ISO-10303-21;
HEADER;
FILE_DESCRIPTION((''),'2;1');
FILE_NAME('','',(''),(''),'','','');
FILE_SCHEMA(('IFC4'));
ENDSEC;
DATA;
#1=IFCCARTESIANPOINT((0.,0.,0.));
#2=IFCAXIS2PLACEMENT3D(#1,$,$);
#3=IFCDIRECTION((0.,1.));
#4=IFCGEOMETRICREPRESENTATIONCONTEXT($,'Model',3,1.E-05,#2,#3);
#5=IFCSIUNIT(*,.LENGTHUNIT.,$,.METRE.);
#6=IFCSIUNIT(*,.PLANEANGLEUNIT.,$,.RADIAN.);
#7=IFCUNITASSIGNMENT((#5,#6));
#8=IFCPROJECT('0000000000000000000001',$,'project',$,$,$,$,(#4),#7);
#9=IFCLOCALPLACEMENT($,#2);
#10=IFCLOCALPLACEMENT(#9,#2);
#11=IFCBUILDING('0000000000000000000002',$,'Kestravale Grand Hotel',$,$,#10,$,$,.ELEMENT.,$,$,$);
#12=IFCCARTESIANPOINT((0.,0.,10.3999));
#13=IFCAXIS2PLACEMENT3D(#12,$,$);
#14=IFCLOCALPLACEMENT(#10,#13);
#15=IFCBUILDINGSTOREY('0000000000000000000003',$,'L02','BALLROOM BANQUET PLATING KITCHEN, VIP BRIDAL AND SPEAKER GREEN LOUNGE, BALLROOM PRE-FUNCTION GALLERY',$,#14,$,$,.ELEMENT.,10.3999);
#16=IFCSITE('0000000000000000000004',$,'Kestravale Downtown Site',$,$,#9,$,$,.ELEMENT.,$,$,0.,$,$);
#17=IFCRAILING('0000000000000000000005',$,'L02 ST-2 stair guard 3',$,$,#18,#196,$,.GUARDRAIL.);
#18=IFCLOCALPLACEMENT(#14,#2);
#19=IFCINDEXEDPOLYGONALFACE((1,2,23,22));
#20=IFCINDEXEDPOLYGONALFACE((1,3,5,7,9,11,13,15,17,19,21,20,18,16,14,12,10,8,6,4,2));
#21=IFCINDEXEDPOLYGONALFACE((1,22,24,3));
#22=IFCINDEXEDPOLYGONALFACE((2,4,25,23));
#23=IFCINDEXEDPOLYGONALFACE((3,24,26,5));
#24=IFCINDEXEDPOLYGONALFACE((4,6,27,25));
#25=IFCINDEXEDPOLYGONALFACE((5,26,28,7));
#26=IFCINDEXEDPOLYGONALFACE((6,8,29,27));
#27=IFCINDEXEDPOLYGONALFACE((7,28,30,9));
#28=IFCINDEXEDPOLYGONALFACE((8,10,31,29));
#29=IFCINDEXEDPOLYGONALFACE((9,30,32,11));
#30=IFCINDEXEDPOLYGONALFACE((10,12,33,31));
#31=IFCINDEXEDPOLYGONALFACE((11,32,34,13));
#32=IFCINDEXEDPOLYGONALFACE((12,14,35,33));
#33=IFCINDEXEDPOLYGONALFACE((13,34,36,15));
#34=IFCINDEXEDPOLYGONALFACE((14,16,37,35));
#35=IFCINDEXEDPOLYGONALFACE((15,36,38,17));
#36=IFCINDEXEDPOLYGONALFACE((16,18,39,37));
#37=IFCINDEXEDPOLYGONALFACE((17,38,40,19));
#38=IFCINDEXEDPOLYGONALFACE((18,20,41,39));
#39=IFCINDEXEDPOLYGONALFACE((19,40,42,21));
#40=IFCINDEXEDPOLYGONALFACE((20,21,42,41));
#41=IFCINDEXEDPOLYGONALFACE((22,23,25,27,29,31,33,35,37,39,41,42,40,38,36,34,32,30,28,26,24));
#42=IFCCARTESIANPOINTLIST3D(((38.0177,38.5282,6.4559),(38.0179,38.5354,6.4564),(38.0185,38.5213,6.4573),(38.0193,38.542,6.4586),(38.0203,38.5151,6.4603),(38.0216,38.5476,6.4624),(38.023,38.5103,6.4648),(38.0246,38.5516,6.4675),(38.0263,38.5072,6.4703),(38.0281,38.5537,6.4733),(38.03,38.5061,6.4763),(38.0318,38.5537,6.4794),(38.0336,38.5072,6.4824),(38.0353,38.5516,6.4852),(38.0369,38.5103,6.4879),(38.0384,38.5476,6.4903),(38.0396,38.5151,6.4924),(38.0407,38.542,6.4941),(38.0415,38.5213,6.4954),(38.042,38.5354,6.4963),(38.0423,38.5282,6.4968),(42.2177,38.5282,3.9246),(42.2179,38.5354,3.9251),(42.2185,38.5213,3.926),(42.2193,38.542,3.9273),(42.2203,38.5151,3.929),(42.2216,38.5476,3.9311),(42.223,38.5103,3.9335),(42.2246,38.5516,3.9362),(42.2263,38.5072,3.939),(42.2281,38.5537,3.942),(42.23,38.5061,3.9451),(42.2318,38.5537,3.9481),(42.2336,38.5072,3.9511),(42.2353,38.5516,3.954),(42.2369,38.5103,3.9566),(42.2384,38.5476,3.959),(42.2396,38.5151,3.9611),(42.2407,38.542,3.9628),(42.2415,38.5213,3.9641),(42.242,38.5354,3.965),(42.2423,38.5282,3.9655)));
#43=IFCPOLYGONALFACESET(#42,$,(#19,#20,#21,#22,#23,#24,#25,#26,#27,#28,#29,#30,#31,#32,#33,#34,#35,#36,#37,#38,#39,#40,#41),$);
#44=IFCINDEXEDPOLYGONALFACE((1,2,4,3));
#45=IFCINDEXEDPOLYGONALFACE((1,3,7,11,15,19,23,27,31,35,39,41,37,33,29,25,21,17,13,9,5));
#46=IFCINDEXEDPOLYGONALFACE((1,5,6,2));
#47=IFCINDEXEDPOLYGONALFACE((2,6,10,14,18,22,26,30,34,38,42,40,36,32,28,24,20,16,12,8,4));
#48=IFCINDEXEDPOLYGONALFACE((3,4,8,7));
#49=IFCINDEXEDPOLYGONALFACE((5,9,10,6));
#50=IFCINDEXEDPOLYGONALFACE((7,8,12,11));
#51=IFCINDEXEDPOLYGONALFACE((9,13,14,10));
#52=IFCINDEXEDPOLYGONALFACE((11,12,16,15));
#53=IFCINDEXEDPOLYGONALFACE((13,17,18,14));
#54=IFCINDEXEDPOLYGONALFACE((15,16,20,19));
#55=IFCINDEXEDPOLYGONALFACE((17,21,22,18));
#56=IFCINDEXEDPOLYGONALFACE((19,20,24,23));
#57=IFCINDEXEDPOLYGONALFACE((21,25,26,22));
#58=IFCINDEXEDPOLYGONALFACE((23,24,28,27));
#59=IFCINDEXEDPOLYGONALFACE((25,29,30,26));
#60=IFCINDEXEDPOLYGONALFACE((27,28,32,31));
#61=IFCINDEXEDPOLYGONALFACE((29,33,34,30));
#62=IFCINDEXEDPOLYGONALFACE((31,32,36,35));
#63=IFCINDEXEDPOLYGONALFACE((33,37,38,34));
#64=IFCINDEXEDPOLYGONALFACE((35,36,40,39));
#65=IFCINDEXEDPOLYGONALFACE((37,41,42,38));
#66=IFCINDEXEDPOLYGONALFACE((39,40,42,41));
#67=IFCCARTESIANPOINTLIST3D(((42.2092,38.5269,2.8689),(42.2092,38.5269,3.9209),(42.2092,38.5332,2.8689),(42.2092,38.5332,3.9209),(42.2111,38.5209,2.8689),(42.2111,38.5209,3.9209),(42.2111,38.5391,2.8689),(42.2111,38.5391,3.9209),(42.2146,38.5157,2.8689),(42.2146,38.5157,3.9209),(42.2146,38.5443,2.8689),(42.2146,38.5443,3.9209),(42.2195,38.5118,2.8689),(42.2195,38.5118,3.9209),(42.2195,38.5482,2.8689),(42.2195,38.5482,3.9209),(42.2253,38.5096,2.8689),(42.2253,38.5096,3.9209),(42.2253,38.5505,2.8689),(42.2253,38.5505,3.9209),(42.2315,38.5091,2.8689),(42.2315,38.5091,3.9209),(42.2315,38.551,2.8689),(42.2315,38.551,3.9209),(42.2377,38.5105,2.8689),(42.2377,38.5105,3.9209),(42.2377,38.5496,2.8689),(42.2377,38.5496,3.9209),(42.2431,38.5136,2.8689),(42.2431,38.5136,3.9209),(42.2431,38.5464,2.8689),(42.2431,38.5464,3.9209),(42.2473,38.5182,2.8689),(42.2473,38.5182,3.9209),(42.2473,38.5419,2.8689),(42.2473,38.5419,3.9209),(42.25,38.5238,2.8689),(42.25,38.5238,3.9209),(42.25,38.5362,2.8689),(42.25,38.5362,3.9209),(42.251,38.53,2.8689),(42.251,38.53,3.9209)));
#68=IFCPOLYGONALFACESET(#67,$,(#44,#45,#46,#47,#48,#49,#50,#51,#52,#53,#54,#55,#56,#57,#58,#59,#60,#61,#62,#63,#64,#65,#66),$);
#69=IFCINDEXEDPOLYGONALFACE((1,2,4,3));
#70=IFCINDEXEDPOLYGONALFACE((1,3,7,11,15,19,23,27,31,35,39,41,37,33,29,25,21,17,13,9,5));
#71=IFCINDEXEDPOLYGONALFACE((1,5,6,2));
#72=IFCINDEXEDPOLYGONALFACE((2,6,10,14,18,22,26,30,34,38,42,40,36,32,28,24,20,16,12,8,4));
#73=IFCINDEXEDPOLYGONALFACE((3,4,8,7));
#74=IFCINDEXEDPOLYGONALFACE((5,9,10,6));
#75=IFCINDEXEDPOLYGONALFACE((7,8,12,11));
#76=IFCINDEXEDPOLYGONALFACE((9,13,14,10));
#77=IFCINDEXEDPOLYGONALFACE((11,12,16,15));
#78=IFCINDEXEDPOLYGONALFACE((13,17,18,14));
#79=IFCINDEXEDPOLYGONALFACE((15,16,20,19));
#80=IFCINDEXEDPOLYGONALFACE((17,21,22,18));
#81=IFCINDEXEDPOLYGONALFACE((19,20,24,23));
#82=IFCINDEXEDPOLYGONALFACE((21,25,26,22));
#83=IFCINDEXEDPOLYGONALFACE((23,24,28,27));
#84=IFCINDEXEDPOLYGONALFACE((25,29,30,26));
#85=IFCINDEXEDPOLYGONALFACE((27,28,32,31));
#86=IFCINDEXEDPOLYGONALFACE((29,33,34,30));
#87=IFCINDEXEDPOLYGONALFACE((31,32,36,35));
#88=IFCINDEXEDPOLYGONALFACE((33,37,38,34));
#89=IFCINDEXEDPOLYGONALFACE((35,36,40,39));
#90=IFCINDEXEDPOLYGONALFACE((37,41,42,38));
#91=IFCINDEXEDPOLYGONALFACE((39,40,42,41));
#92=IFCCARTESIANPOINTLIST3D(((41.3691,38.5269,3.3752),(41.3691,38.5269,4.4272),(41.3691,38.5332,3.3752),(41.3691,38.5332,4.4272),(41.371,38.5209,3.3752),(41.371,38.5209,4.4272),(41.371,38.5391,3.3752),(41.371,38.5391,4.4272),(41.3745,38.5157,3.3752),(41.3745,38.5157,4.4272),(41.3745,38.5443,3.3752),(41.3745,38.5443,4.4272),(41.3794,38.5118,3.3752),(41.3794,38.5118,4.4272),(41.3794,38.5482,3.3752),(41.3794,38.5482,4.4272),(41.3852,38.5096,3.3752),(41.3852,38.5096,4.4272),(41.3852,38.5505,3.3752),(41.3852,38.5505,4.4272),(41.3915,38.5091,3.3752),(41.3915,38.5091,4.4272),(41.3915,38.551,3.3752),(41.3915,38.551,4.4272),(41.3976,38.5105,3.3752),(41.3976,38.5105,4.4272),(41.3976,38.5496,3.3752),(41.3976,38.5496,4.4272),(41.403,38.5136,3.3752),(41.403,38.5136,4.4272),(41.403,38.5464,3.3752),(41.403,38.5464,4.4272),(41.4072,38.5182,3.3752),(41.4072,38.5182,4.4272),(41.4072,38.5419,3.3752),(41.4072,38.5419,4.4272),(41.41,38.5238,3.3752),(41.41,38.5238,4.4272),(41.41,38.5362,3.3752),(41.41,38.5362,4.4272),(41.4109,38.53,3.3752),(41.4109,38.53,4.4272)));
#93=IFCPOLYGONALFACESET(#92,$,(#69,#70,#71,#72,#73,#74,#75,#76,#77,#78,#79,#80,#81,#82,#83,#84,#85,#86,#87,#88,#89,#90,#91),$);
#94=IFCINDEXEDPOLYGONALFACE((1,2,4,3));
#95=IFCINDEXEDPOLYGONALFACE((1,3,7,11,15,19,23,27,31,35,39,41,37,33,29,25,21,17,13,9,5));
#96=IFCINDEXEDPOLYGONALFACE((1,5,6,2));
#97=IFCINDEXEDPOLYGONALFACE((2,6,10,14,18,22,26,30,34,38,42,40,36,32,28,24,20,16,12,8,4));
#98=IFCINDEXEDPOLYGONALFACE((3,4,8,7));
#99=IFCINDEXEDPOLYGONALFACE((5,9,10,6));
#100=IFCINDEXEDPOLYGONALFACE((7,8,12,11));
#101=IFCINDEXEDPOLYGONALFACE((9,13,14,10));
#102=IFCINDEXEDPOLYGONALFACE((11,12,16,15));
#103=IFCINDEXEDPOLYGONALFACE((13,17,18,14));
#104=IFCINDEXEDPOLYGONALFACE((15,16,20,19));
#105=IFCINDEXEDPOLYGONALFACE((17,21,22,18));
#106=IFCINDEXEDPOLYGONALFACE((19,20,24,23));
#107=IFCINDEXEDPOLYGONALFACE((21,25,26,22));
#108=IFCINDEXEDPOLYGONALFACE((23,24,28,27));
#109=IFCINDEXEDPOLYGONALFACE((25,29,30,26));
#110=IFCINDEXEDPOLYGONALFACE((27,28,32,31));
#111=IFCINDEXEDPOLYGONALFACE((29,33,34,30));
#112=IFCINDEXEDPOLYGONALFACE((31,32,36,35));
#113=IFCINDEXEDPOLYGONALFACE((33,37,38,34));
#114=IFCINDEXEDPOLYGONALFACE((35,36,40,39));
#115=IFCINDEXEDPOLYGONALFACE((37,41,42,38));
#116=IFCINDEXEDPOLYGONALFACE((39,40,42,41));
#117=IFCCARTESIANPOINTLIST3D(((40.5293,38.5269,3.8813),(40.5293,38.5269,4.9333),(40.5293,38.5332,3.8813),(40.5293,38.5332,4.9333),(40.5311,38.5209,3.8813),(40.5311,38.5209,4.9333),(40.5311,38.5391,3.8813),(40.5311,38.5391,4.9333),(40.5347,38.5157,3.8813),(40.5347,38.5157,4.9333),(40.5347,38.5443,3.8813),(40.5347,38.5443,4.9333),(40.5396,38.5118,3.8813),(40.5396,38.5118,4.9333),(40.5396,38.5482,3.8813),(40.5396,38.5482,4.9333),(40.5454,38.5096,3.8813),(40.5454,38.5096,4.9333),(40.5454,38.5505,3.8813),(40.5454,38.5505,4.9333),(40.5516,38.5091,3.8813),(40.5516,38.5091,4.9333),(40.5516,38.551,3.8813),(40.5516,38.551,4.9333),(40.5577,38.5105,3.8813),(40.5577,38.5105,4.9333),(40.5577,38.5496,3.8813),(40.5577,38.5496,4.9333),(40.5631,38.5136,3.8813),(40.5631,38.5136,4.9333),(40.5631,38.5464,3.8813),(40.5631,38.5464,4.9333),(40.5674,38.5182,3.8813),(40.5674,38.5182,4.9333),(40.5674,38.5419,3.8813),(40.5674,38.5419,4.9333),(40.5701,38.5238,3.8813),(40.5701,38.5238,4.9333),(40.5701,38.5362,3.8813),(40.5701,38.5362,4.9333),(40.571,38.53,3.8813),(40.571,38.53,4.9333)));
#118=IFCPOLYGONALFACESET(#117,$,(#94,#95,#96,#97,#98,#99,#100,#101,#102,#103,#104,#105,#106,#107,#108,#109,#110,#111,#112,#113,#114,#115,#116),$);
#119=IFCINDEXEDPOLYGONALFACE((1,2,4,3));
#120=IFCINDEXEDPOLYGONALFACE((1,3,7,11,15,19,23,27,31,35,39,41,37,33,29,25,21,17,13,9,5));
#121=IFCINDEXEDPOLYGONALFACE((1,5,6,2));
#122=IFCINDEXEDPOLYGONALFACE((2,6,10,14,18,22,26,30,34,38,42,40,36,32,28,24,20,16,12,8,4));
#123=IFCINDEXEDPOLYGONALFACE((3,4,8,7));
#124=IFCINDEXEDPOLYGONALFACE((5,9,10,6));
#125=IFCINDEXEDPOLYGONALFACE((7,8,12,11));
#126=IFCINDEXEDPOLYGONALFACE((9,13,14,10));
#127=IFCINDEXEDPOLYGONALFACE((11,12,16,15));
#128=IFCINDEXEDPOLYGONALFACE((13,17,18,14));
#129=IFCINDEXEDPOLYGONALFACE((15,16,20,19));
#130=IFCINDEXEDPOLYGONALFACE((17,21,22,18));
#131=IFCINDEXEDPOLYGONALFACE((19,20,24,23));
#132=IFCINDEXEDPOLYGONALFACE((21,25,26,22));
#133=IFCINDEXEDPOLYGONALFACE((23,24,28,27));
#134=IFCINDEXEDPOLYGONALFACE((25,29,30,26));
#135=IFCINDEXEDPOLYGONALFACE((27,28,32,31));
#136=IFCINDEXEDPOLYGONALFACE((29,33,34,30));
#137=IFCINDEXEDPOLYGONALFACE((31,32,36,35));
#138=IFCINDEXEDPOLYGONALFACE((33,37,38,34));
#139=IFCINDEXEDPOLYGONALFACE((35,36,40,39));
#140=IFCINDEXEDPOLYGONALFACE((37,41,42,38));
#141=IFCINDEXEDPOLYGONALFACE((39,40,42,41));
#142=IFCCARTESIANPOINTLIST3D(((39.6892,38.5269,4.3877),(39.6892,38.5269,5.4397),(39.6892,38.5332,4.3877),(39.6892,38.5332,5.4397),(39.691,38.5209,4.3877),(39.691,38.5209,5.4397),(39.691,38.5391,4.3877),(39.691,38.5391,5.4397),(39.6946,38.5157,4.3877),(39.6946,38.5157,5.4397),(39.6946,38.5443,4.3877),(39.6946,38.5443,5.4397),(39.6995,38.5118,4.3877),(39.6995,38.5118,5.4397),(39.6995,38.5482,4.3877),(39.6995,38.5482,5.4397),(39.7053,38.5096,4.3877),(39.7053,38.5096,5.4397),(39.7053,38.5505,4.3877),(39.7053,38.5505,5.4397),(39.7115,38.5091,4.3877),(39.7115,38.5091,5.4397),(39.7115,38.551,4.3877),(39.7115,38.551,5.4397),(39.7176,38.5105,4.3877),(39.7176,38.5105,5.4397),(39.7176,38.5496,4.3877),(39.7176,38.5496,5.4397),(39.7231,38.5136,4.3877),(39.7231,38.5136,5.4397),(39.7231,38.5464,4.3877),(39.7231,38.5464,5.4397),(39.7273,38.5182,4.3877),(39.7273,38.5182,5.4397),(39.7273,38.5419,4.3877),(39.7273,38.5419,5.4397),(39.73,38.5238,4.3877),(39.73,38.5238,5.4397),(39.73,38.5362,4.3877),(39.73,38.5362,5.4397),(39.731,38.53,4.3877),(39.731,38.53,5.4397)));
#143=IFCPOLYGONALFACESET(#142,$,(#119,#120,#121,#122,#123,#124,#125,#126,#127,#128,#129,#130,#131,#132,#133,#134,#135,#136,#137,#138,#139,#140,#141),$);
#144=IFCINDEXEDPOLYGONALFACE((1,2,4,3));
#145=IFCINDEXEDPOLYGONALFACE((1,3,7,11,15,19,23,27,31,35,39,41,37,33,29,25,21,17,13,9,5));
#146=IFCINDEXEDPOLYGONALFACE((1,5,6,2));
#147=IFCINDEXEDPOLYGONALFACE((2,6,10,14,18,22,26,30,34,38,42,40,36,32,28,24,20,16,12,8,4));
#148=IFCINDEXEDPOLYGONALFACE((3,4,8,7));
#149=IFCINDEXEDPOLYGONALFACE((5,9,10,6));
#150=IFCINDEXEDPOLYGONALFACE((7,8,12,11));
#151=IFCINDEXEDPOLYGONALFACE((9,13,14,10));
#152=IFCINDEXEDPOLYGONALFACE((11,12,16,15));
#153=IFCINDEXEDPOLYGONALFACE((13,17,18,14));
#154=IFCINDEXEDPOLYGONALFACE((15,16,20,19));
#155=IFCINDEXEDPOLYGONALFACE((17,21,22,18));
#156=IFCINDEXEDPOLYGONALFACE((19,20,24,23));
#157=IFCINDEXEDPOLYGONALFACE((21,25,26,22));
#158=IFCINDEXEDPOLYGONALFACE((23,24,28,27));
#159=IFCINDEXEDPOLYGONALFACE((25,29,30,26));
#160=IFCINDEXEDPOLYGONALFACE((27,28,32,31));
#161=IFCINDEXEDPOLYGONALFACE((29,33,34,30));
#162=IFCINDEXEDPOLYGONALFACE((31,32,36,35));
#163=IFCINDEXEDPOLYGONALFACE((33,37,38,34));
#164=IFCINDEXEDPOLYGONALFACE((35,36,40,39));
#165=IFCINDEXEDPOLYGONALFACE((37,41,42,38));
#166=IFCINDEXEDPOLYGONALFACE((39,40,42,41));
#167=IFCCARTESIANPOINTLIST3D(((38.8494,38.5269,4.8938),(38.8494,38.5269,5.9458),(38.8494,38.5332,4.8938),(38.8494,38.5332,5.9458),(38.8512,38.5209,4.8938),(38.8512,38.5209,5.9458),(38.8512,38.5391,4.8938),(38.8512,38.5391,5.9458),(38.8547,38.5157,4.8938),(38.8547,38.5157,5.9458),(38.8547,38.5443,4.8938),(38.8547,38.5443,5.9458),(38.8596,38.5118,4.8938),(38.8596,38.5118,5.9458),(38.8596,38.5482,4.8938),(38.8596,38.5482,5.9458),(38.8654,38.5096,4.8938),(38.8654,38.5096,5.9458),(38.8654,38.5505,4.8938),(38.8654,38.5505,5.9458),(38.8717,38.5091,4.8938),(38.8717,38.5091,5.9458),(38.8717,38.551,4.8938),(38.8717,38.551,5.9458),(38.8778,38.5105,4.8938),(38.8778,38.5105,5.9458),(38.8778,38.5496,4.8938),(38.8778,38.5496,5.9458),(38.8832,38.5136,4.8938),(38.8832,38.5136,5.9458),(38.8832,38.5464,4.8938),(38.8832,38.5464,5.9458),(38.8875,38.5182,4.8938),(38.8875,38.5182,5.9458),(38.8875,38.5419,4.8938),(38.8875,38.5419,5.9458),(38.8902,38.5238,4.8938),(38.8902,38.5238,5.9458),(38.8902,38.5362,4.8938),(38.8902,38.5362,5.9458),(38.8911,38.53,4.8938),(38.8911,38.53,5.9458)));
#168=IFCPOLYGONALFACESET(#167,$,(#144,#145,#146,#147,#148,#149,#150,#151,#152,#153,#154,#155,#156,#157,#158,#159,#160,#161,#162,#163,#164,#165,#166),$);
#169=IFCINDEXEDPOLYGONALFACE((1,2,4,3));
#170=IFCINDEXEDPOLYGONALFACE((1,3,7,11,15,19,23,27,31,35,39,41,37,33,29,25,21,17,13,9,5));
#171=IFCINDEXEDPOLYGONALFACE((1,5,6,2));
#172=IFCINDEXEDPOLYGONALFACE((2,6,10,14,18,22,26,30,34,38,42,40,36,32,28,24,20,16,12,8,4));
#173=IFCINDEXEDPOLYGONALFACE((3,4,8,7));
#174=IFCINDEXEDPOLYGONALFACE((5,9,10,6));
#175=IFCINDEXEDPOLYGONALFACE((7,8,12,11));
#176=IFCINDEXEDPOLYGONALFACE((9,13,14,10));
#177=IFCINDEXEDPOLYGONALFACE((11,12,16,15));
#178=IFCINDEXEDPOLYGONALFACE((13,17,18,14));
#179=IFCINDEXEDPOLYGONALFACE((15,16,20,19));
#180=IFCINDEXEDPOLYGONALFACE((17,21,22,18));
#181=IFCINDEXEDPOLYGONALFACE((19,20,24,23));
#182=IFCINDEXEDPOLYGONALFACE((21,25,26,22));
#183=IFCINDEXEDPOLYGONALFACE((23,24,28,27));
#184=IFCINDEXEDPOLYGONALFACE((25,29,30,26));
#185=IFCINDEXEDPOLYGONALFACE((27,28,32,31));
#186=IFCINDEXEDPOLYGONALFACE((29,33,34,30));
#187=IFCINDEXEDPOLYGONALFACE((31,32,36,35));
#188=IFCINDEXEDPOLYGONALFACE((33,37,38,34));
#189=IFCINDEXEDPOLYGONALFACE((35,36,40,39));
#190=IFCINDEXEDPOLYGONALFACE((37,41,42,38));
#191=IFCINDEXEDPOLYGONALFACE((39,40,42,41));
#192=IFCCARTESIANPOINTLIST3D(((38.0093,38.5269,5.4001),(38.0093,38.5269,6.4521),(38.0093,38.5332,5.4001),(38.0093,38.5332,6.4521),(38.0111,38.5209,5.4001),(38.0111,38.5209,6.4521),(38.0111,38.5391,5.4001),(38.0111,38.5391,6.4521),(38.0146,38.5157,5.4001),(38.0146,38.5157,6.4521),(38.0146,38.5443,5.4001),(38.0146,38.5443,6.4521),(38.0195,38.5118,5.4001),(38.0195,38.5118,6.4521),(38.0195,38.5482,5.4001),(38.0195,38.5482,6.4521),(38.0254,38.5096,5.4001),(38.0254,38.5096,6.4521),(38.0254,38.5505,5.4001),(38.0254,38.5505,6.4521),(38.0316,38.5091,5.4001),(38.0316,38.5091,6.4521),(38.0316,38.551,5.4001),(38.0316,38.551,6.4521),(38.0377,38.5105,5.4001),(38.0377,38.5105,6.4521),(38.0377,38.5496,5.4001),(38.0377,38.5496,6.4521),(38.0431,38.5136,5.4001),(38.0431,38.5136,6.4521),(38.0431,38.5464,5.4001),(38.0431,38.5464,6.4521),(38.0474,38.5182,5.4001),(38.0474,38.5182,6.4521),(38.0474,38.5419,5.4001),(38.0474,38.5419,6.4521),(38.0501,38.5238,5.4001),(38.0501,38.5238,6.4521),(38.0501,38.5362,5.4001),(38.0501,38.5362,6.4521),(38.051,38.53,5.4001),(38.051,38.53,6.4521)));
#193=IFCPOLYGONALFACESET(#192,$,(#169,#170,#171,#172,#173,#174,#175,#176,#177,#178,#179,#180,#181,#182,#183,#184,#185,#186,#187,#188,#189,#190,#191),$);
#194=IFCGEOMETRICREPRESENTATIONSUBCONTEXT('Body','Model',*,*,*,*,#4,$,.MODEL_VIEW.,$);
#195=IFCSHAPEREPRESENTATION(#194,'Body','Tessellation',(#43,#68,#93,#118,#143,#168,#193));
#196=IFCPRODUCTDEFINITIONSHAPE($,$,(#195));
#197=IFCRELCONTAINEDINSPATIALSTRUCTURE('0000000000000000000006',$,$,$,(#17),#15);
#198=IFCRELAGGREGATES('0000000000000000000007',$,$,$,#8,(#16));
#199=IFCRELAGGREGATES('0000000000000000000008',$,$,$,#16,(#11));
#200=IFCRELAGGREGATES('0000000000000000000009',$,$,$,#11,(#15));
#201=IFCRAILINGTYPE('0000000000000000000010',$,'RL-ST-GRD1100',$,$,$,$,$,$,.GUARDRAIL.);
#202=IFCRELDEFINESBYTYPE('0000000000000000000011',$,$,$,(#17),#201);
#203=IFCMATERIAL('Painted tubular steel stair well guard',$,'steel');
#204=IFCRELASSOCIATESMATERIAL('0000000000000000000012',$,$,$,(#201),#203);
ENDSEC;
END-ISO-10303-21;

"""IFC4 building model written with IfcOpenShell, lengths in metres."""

from ifc_helpers import new_model, si_unit, direction, frame, origin, origin_2d, place, context, subcontext, project, spatial, circle, extrude, material, type_object, element, save


model = new_model("IFC4")

# Units and contexts
model_context = context("Model", 3, precision=1e-05, world=origin(), true_north=direction((0.0, 1.0)))
body_context = subcontext(model_context, "Body", "Model", "MODEL_VIEW")
ifc_project = project(units=[si_unit("LENGTHUNIT", "METRE"), si_unit("PLANEANGLEUNIT", "RADIAN")], contexts=[model_context])

# Site, building, storey
site_placement = place(None, origin())
site = spatial("IfcSite", under=ifc_project, at=site_placement, Name="Kestravale Downtown Site", CompositionType="ELEMENT", RefElevation=0.0)
building_placement = place(site_placement, origin())
building = spatial("IfcBuilding", under=site, at=building_placement, Name="Kestravale Grand Hotel", CompositionType="ELEMENT")
storey_placement = place(building_placement, frame((0.0, 0.0, 10.3999)))
storey = spatial("IfcBuildingStorey", under=building, at=storey_placement, Name="L02", Description="BALLROOM BANQUET PLATING KITCHEN, VIP BRIDAL AND SPEAKER GREEN LOUNGE, BALLROOM PRE-FUNCTION GALLERY", CompositionType="ELEMENT", Elevation=10.3999)

# Railing
ifc_material_1 = material(Name="Painted tubular steel stair well guard", Category="steel")
railing_type_1 = type_object("IfcRailingType", Name="RL-ST-GRD1100", PredefinedType="GUARDRAIL", material=ifc_material_1)
railing_1_placement = place(storey_placement, frame((42.23, 38.53, 2.8689)))
element("IfcRailing", 1, at=railing_1_placement, inside=storey, type_object=railing_type_1, Name="L02 ST-2 stair guard 3", PredefinedType="GUARDRAIL", context=body_context, shape_type="SweptSolid", body=[
    extrude(circle(Radius=0.0239, at=origin_2d()), frame((0.0, 0.0, 1.0762), z_axis=(-0.856476, 0.0, 0.516186), x_axis=(0.0, -1.0, 0.0)), (0.0, 0.0, 1.0), 4.9038),
    extrude(circle(Radius=0.021, at=origin_2d()), origin(), (0.0, 0.0, 1.0), 1.052),
    extrude(circle(Radius=0.021, at=origin_2d()), frame((-0.8401, 0.0, 0.5063)), (0.0, 0.0, 1.0), 1.052),
    extrude(circle(Radius=0.021, at=origin_2d()), frame((-1.6799, 0.0, 1.0125)), (0.0, 0.0, 1.0), 1.052),
    extrude(circle(Radius=0.021, at=origin_2d()), frame((-2.52, 0.0, 1.5188)), (0.0, 0.0, 1.0), 1.052),
    extrude(circle(Radius=0.021, at=origin_2d()), frame((-3.3599, 0.0, 2.0249)), (0.0, 0.0, 1.0), 1.052),
    extrude(circle(Radius=0.021, at=origin_2d()), frame((-4.2, 0.0, 2.5312)), (0.0, 0.0, 1.0), 1.052),
])

save(model, "model.ifc")
